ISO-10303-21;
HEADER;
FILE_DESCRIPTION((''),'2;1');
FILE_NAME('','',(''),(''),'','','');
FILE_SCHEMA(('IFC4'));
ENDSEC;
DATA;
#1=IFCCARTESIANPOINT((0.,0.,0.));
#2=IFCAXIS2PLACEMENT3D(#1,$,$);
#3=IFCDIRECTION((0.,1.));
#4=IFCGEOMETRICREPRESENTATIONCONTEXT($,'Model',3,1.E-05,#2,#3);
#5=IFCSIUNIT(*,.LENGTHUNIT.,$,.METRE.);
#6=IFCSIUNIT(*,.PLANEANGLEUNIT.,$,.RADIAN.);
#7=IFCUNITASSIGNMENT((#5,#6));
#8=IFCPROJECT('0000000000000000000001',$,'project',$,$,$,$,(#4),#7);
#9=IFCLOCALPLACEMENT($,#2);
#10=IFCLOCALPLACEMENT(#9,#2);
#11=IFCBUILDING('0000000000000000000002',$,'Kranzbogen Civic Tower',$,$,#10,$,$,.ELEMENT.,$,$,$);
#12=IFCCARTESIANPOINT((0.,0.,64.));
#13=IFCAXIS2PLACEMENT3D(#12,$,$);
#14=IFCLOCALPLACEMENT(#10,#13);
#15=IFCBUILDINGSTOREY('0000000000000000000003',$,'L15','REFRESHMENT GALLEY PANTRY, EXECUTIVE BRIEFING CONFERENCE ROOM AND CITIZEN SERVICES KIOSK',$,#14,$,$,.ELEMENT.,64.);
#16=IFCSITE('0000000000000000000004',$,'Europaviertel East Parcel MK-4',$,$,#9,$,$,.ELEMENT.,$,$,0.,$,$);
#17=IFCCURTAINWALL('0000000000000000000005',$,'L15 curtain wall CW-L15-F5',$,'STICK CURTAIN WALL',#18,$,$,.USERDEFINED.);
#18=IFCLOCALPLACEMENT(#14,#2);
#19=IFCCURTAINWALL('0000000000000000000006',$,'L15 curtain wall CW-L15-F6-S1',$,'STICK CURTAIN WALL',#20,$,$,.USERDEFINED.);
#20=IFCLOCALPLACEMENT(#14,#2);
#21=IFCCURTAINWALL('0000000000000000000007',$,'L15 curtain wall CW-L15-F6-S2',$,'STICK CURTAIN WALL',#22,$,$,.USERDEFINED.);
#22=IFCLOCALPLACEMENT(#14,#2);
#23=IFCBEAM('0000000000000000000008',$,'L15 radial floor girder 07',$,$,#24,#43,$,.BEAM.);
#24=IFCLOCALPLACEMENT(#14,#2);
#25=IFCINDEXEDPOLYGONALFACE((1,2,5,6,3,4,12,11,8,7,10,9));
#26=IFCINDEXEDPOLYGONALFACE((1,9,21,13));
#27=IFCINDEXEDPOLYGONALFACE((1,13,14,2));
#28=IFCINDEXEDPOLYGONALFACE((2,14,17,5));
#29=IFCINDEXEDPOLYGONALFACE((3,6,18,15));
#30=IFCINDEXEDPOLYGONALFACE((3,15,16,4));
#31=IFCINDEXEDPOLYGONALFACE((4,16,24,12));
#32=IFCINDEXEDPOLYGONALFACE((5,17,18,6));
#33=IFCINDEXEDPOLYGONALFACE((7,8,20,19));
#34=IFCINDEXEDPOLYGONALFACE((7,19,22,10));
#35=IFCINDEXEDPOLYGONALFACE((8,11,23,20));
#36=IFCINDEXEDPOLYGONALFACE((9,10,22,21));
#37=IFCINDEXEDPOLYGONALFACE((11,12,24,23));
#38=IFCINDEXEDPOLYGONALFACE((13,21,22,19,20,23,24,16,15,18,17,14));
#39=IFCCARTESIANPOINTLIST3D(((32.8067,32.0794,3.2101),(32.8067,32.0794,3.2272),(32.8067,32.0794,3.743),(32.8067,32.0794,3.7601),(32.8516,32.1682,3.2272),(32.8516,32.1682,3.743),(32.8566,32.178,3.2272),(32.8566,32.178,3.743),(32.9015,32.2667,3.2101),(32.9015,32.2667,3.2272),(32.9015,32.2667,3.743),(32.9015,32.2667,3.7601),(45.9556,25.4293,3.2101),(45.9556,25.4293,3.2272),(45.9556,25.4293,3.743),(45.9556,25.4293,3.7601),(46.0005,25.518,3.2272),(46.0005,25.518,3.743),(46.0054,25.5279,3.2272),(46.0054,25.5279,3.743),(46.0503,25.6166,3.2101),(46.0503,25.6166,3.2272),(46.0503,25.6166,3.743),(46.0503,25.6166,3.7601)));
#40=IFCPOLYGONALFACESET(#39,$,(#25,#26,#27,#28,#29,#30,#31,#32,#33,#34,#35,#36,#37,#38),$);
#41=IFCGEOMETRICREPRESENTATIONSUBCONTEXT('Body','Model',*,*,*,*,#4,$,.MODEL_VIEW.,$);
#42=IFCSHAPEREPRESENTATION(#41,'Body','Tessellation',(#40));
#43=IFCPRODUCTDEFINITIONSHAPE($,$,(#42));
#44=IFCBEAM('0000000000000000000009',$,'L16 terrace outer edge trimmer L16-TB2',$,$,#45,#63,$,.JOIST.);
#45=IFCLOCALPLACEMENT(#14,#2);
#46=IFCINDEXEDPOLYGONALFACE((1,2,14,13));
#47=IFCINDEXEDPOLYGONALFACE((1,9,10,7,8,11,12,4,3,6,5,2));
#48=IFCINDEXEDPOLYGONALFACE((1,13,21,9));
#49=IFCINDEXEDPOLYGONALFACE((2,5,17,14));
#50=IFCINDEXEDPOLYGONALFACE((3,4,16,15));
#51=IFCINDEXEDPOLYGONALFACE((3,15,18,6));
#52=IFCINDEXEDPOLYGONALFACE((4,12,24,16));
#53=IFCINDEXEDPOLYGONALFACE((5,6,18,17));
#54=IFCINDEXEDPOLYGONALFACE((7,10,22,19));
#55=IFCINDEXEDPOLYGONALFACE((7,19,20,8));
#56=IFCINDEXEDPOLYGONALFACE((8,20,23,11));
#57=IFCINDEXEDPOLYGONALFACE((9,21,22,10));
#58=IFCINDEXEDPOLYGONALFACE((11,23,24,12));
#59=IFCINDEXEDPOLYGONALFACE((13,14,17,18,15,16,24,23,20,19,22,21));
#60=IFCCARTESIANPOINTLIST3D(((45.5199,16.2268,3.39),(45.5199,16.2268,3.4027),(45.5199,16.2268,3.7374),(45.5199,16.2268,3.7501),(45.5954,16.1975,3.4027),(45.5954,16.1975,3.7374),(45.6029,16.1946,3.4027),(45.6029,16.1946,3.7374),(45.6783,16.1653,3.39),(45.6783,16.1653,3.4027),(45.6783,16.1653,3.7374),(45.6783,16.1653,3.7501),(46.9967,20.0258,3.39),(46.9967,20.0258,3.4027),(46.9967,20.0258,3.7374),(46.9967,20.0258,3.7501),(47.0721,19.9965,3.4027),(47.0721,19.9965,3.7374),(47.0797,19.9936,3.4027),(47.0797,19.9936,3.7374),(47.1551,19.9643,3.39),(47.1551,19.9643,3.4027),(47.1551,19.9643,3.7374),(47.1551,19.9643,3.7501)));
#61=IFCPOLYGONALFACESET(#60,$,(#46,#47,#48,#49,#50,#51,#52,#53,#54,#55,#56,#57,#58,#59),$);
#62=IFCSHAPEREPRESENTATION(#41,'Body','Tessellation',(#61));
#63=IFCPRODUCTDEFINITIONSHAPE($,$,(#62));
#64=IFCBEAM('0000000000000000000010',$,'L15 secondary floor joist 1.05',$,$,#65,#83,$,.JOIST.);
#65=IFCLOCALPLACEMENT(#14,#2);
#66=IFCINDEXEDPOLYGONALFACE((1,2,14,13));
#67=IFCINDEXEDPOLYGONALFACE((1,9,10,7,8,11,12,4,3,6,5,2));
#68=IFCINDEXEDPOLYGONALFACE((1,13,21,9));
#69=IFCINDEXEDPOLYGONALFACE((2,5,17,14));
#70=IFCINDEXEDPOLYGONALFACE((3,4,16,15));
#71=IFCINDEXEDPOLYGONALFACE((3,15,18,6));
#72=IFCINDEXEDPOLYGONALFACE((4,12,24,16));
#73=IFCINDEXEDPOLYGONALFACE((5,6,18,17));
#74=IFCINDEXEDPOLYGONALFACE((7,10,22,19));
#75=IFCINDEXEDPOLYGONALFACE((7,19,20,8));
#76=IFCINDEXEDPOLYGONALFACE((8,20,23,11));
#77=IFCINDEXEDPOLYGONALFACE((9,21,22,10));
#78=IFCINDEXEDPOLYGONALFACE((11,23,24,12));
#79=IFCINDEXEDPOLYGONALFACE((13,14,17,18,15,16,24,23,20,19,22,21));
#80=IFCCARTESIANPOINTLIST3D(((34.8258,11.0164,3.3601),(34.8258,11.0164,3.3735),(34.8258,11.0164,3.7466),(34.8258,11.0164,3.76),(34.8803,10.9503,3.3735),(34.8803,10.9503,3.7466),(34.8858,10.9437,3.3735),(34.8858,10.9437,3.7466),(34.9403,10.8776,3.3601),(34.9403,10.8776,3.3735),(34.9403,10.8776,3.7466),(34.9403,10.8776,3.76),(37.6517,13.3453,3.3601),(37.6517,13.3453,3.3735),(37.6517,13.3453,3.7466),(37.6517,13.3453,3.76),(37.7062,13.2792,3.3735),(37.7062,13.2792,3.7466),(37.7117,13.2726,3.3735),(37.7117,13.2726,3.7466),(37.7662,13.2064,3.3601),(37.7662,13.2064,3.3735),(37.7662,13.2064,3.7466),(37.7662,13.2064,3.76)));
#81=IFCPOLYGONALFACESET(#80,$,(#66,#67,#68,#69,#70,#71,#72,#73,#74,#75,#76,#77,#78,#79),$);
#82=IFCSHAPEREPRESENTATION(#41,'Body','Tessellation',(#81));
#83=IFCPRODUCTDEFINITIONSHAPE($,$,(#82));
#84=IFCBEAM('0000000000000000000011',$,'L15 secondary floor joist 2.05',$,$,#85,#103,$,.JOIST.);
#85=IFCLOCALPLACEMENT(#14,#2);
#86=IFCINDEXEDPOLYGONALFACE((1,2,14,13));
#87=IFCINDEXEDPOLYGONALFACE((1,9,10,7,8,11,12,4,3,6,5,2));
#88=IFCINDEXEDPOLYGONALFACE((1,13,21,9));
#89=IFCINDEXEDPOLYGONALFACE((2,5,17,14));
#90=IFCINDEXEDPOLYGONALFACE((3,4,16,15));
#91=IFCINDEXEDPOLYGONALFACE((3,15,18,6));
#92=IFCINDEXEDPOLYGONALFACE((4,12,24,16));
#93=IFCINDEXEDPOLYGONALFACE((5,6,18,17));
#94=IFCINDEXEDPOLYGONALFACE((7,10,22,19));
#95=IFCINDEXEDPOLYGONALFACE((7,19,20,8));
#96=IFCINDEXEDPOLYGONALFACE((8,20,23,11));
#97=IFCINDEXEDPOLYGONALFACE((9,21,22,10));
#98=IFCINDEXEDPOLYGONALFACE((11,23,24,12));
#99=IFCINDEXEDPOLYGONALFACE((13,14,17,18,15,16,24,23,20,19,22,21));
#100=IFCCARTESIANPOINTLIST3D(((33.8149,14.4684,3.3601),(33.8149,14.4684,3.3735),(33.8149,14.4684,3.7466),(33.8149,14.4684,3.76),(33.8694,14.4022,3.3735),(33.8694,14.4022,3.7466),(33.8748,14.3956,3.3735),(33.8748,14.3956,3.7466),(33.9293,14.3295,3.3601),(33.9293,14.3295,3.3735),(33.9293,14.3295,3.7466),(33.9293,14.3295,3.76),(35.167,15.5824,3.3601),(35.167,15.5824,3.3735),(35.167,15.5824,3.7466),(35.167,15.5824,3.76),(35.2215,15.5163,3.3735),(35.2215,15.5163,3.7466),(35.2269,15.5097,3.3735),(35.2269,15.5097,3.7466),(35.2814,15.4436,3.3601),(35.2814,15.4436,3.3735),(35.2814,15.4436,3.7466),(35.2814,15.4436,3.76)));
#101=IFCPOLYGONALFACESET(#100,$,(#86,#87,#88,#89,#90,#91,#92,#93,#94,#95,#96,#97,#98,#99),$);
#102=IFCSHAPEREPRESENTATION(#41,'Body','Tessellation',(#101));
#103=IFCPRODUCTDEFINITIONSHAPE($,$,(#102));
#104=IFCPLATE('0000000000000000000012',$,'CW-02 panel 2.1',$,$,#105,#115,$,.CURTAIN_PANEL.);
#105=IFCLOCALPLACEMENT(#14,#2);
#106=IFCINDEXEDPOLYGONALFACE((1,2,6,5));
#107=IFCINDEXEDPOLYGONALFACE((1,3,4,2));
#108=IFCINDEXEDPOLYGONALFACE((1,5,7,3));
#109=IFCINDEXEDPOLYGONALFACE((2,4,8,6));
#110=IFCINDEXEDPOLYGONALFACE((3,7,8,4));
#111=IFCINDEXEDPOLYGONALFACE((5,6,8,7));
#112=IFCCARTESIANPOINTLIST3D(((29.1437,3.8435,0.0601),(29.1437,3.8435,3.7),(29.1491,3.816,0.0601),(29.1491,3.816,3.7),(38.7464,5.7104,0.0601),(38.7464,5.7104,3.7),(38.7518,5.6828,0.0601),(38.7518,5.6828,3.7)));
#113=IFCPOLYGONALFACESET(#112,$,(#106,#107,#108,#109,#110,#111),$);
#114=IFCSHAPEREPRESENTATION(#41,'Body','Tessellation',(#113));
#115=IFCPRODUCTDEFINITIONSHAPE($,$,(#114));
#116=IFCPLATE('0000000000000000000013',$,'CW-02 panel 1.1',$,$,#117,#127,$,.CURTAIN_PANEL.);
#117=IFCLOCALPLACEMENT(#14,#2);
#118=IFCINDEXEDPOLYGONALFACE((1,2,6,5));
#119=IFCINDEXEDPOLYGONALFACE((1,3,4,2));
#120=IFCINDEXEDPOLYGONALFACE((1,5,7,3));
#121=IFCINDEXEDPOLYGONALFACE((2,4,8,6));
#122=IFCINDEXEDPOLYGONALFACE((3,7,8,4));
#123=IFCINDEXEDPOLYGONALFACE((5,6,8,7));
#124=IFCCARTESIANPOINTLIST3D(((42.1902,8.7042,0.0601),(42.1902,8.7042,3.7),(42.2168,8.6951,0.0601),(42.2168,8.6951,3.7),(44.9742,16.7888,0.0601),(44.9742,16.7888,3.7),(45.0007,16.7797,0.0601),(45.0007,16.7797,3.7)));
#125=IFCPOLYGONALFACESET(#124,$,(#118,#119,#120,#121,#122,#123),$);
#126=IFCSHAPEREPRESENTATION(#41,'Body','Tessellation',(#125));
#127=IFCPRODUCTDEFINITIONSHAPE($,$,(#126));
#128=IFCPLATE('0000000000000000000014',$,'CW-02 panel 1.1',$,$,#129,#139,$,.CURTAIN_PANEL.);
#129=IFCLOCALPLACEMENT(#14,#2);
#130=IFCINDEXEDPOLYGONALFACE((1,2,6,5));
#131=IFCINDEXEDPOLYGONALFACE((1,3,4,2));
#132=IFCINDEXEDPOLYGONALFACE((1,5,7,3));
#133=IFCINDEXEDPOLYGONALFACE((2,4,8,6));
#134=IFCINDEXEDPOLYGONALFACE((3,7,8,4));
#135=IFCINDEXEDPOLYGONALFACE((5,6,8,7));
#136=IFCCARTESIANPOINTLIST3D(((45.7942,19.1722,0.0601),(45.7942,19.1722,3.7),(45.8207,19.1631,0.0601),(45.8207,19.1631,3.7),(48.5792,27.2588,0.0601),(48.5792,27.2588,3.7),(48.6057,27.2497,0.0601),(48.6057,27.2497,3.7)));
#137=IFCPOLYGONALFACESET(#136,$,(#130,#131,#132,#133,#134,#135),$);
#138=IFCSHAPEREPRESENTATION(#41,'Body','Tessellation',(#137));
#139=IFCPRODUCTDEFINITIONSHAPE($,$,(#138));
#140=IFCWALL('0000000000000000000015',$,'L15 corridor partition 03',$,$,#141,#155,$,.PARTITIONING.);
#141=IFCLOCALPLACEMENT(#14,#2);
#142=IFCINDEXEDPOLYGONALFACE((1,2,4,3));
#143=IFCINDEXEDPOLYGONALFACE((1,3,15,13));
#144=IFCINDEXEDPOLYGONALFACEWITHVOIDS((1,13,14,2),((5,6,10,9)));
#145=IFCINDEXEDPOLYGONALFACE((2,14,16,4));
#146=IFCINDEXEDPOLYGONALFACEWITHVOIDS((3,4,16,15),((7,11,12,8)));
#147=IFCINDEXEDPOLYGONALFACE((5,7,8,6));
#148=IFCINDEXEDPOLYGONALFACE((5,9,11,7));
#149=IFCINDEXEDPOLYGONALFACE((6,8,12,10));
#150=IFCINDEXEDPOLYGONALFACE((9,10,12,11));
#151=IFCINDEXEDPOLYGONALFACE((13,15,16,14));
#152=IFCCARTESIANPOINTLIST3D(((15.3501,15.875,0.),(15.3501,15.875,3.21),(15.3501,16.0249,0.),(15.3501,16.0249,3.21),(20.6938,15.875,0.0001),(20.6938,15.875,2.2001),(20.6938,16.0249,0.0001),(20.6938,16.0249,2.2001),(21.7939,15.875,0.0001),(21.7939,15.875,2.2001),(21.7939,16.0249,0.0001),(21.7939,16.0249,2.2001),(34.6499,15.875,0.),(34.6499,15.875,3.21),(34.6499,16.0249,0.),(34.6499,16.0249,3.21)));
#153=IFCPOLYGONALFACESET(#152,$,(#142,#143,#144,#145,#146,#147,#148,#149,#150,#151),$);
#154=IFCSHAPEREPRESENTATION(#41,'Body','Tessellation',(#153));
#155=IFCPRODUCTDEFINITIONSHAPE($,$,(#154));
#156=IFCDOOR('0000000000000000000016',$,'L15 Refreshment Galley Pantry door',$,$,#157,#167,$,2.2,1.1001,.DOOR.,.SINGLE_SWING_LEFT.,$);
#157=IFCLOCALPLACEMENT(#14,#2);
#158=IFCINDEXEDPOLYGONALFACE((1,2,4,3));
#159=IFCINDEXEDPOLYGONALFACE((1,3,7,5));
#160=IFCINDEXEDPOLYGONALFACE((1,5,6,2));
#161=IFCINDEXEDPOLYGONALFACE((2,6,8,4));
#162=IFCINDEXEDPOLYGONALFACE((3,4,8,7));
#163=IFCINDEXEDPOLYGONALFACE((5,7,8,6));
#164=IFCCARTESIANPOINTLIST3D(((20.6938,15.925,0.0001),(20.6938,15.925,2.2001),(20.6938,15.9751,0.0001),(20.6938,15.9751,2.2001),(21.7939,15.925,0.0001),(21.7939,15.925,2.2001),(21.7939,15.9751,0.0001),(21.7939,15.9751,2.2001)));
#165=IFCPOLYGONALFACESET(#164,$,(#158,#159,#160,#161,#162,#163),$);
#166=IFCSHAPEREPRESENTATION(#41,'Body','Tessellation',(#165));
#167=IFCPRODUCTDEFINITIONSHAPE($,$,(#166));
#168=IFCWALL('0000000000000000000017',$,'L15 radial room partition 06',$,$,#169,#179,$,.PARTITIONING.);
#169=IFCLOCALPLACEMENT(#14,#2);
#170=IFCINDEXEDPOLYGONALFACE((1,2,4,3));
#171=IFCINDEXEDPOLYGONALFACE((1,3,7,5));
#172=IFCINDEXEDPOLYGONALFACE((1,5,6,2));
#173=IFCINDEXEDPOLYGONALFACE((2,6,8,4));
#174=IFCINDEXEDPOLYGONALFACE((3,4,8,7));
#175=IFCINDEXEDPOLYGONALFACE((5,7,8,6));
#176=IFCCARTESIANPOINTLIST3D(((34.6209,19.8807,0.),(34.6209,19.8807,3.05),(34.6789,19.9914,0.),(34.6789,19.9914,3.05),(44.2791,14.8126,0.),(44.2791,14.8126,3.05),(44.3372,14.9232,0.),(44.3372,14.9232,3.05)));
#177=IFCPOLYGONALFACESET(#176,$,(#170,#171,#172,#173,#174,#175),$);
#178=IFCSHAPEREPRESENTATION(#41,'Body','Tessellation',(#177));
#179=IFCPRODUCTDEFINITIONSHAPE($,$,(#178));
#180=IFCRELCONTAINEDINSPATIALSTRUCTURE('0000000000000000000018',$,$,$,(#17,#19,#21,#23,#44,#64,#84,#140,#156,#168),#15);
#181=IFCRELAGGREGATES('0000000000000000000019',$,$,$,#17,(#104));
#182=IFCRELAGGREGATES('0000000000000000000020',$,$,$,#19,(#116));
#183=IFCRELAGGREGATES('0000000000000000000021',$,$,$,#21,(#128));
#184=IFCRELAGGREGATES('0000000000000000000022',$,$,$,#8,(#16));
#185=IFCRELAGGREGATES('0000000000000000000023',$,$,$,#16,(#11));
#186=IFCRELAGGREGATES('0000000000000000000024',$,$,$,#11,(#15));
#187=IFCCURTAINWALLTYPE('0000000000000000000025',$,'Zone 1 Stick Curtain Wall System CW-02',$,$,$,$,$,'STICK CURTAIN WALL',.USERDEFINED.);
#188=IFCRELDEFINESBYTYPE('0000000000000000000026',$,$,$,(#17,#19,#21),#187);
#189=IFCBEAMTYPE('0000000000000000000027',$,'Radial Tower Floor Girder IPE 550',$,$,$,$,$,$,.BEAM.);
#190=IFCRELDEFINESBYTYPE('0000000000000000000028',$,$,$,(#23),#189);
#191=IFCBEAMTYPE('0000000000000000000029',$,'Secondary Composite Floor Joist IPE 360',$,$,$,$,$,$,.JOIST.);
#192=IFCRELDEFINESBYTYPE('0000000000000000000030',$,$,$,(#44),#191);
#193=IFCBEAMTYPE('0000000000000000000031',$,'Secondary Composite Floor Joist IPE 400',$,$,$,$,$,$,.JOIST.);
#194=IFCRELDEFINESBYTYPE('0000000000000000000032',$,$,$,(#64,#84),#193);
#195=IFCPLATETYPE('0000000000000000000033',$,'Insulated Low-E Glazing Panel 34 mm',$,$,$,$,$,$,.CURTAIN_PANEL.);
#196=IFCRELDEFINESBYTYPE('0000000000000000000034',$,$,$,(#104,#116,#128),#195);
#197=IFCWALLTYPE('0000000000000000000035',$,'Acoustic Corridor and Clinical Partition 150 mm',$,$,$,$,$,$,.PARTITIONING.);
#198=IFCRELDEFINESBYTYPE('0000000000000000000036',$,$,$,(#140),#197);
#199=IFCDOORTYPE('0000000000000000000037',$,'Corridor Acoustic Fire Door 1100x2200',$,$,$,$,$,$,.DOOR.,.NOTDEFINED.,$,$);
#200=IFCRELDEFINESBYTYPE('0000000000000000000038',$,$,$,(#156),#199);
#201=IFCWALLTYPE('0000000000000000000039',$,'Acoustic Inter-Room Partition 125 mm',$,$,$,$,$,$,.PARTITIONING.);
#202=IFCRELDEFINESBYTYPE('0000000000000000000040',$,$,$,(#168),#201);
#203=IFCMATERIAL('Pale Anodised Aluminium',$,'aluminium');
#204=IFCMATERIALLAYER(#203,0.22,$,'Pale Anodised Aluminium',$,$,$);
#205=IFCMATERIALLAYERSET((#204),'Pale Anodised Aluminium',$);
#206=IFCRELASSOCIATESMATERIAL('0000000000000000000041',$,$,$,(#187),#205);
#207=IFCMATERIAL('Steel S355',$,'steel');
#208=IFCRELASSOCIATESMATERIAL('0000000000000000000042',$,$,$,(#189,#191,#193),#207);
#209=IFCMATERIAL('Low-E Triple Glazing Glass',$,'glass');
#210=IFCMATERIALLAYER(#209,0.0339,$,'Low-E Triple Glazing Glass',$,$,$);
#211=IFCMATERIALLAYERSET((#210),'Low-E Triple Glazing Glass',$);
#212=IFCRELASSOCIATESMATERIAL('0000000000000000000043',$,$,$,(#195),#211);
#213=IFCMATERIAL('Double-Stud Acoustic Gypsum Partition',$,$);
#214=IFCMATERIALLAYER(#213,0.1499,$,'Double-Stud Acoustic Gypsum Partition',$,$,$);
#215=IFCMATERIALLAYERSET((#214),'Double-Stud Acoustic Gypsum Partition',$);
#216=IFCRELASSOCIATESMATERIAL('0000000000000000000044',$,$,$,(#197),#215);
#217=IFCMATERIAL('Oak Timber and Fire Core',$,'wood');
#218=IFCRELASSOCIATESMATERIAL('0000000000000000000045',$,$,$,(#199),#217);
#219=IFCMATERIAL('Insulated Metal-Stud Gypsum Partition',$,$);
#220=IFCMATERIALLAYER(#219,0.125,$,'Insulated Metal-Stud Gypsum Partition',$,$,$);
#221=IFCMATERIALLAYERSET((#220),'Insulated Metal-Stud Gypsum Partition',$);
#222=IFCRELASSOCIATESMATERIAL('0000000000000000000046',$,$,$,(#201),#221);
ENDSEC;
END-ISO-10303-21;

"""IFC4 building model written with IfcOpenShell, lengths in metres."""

from ifc_helpers import new_model, si_unit, direction, frame, frame_2d, origin, origin_2d, place, context, subcontext, project, spatial, rectangle, i_section, extrude, material, layer, layer_set, material_profile, profile_set, type_object, element, fill, aggregate, save


model = new_model("IFC4")

# Units and contexts
model_context = context("Model", 3, precision=1e-05, world=origin(), true_north=direction((0.0, 1.0)))
body_context = subcontext(model_context, "Body", "Model", "MODEL_VIEW")
ifc_project = project(units=[si_unit("LENGTHUNIT", "METRE"), si_unit("PLANEANGLEUNIT", "RADIAN")], contexts=[model_context])

# Site, building, storey
site_placement = place(None, origin())
site = spatial("IfcSite", under=ifc_project, at=site_placement, Name="Europaviertel East Parcel MK-4", CompositionType="ELEMENT", RefElevation=0.0)
building_placement = place(site_placement, origin())
building = spatial("IfcBuilding", under=site, at=building_placement, Name="Kranzbogen Civic Tower", CompositionType="ELEMENT")
storey_placement = place(building_placement, frame((0.0, 0.0, 64.0)))
storey = spatial("IfcBuildingStorey", under=building, at=storey_placement, Name="L15", Description="REFRESHMENT GALLEY PANTRY, EXECUTIVE BRIEFING CONFERENCE ROOM AND CITIZEN SERVICES KIOSK", CompositionType="ELEMENT", Elevation=64.0)

# Shared definitions
ifc_material_1 = material(Name="Steel S355", Category="steel")

# Curtain wall
ifc_material_2 = material(Name="Pale Anodised Aluminium", Category="aluminium")
ifc_layer_1 = layer(ifc_material_2, 0.22, Name="Pale Anodised Aluminium")
ifc_layer_set_1 = layer_set([ifc_layer_1], Name="Pale Anodised Aluminium")
curtain_wall_type = type_object("IfcCurtainWallType", Name="Zone 1 Stick Curtain Wall System CW-02", ElementType="STICK CURTAIN WALL", PredefinedType="USERDEFINED", material=ifc_layer_set_1)
curtain_wall_1_placement = place(storey_placement, origin())
curtain_wall_1 = element("IfcCurtainWall", 1, at=curtain_wall_1_placement, inside=storey, type_object=curtain_wall_type, Name="L15 curtain wall CW-L15-F5", ObjectType="STICK CURTAIN WALL", PredefinedType="USERDEFINED")

# Curtain wall
curtain_wall_2_placement = place(storey_placement, origin())
curtain_wall_2 = element("IfcCurtainWall", 2, at=curtain_wall_2_placement, inside=storey, type_object=curtain_wall_type, Name="L15 curtain wall CW-L15-F6-S1", ObjectType="STICK CURTAIN WALL", PredefinedType="USERDEFINED")

# Curtain wall
curtain_wall_3_placement = place(storey_placement, origin())
curtain_wall_3 = element("IfcCurtainWall", 3, at=curtain_wall_3_placement, inside=storey, type_object=curtain_wall_type, Name="L15 curtain wall CW-L15-F6-S2", ObjectType="STICK CURTAIN WALL", PredefinedType="USERDEFINED")

# Beams
ifc_material_profile_1 = material_profile(ifc_material_1, i_section(OverallWidth=0.21, OverallDepth=0.55, WebThickness=0.011, FlangeThickness=0.0171, at=origin_2d()), Name="IPE 550")
ifc_profile_set_1 = profile_set([ifc_material_profile_1], Name="Steel S355")
beam_type_1 = type_object("IfcBeamType", Name="Radial Tower Floor Girder IPE 550", PredefinedType="BEAM", material=ifc_profile_set_1)
beam_1_placement = place(storey_placement, frame((46.0029, 25.5229, 3.4851), z_axis=(-0.892363, 0.451318, 0.0), x_axis=(-0.451318, -0.892363, 0.0)))
element("IfcBeam", 4, at=beam_1_placement, inside=storey, type_object=beam_type_1, Name="L15 radial floor girder 07", PredefinedType="BEAM", context=body_context, shape_type="SweptSolid", body=[
    extrude(i_section(OverallWidth=0.21, OverallDepth=0.55, WebThickness=0.011, FlangeThickness=0.0171, at=origin_2d()), origin(), (0.0, 0.0, 1.0), 14.7349),
])
ifc_material_profile_2 = material_profile(ifc_material_1, i_section(OverallWidth=0.1699, OverallDepth=0.3601, WebThickness=0.0081, FlangeThickness=0.0127, at=origin_2d()), Name="IPE 360")
ifc_profile_set_2 = profile_set([ifc_material_profile_2], Name="Steel S355")
beam_type_2 = type_object("IfcBeamType", Name="Secondary Composite Floor Joist IPE 360", PredefinedType="JOIST", material=ifc_profile_set_2)
beam_2_placement = place(storey_placement, frame((45.5991, 16.196, 3.5701), z_axis=(0.362316, 0.932055, 0.0), x_axis=(-0.932055, 0.362316, 0.0)))
element("IfcBeam", 5, at=beam_2_placement, inside=storey, type_object=beam_type_2, Name="L16 terrace outer edge trimmer L16-TB2", PredefinedType="JOIST", context=body_context, shape_type="SweptSolid", body=[
    extrude(i_section(OverallWidth=0.1699, OverallDepth=0.3601, WebThickness=0.0081, FlangeThickness=0.0127, at=origin_2d()), origin(), (0.0, 0.0, 1.0), 4.0759),
])
ifc_material_profile_3 = material_profile(ifc_material_1, i_section(OverallWidth=0.1799, OverallDepth=0.3999, WebThickness=0.0085, FlangeThickness=0.0134, at=origin_2d()), Name="IPE 400")
ifc_profile_set_3 = profile_set([ifc_material_profile_3], Name="Steel S355")
beam_type_3 = type_object("IfcBeamType", Name="Secondary Composite Floor Joist IPE 400", PredefinedType="JOIST", material=ifc_profile_set_3)
beam_3_placement = place(storey_placement, frame((34.8831, 10.947, 3.5601), z_axis=(0.771713, 0.635971, 0.0), x_axis=(-0.635971, 0.771713, 0.0)))
element("IfcBeam", 6, at=beam_3_placement, inside=storey, type_object=beam_type_3, Name="L15 secondary floor joist 1.05", PredefinedType="JOIST", context=body_context, shape_type="SweptSolid", body=[
    extrude(i_section(OverallWidth=0.1799, OverallDepth=0.3999, WebThickness=0.0085, FlangeThickness=0.0134, at=origin_2d()), origin(), (0.0, 0.0, 1.0), 3.6619),
])
beam_4_placement = place(storey_placement, frame((33.8721, 14.3989, 3.5601), z_axis=(0.771773, 0.635898, 0.0), x_axis=(-0.635898, 0.771773, 0.0)))
element("IfcBeam", 7, at=beam_4_placement, inside=storey, type_object=beam_type_3, Name="L15 secondary floor joist 2.05", PredefinedType="JOIST", context=body_context, shape_type="SweptSolid", body=[
    extrude(i_section(OverallWidth=0.1799, OverallDepth=0.3999, WebThickness=0.0085, FlangeThickness=0.0134, at=origin_2d()), origin(), (0.0, 0.0, 1.0), 1.752),
])

# Plates
ifc_material_3 = material(Name="Low-E Triple Glazing Glass", Category="glass")
ifc_layer_2 = layer(ifc_material_3, 0.0339, Name="Low-E Triple Glazing Glass")
ifc_layer_set_2 = layer_set([ifc_layer_2], Name="Low-E Triple Glazing Glass")
plate_type = type_object("IfcPlateType", Name="Insulated Low-E Glazing Panel 34 mm", PredefinedType="CURTAIN_PANEL", material=ifc_layer_set_2)
plate_1_placement = place(storey_placement, frame((33.9478, 4.7632, 0.0601), z_axis=(0.0, 0.0, 1.0), x_axis=(0.981622, 0.190834, 0.0)))
plate_1 = element("IfcPlate", 8, at=plate_1_placement, type_object=plate_type, Name="CW-02 panel 2.1", PredefinedType="CURTAIN_PANEL", context=body_context, shape_type="SweptSolid", body=[
    extrude(rectangle(XDim=9.7825, YDim=0.0281, at=origin_2d()), origin(), (0.0, 0.0, 1.0), 3.6399),
])
aggregate(curtain_wall_1, [plate_1])
plate_2_placement = place(storey_placement, frame((43.5955, 12.7419, 0.0601), z_axis=(0.0, 0.0, 1.0), x_axis=(0.325589, 0.945511, 0.0)))
plate_2 = element("IfcPlate", 9, at=plate_2_placement, type_object=plate_type, Name="CW-02 panel 1.1", PredefinedType="CURTAIN_PANEL", context=body_context, shape_type="SweptSolid", body=[
    extrude(rectangle(XDim=8.5505, YDim=0.0281, at=origin_2d()), origin(), (0.0, 0.0, 1.0), 3.6399),
])
aggregate(curtain_wall_2, [plate_2])
plate_3_placement = place(storey_placement, frame((47.2, 23.2109, 0.0601), z_axis=(0.0, 0.0, 1.0), x_axis=(0.325621, 0.9455, 0.0)))
plate_3 = element("IfcPlate", 10, at=plate_3_placement, type_object=plate_type, Name="CW-02 panel 1.1", PredefinedType="CURTAIN_PANEL", context=body_context, shape_type="SweptSolid", body=[
    extrude(rectangle(XDim=8.5527, YDim=0.0281, at=origin_2d()), origin(), (0.0, 0.0, 1.0), 3.6399),
])
aggregate(curtain_wall_3, [plate_3])

# Wall, opening, door
ifc_material_4 = material(Name="Double-Stud Acoustic Gypsum Partition")
ifc_layer_3 = layer(ifc_material_4, 0.1499, Name="Double-Stud Acoustic Gypsum Partition")
ifc_layer_set_3 = layer_set([ifc_layer_3], Name="Double-Stud Acoustic Gypsum Partition")
wall_type_1 = type_object("IfcWallType", Name="Acoustic Corridor and Clinical Partition 150 mm", PredefinedType="PARTITIONING", material=ifc_layer_set_3)
wall_1_placement = place(storey_placement, frame((34.6499, 15.95, 0.0), z_axis=(0.0, 0.0, 1.0), x_axis=(-1.0, 0.0, 0.0)))
wall_1 = element("IfcWall", 11, at=wall_1_placement, inside=storey, type_object=wall_type_1, Name="L15 corridor partition 03", PredefinedType="PARTITIONING", context=body_context, shape_type="SweptSolid", body=[
    extrude(rectangle(XDim=19.2998, YDim=0.1499, at=frame_2d((9.6499, 0.0))), origin(), (0.0, 0.0, 1.0), 3.21),
])
opening_1_placement = place(wall_1_placement, frame((12.856, 0.0, 0.0)))
opening_1 = element("IfcOpeningElement", 12, at=opening_1_placement, cuts=wall_1, PredefinedType="OPENING", context=body_context, shape_type="SweptSolid", body=[
    extrude(rectangle(XDim=1.1001, YDim=2.2, at=frame_2d((0.55, 1.1001))), frame((0.0, 0.085, 0.0), z_axis=(0.0, -1.0, 0.0), x_axis=(1.0, 0.0, 0.0)), (0.0, 0.0, 1.0), 0.1699),
])
ifc_material_5 = material(Name="Oak Timber and Fire Core", Category="wood")
door_type_1 = type_object("IfcDoorType", Name="Corridor Acoustic Fire Door 1100x2200", OperationType="NOTDEFINED", PredefinedType="DOOR", material=ifc_material_5)
door_1_placement = place(opening_1_placement, origin())
door_1 = element("IfcDoor", 13, at=door_1_placement, inside=storey, type_object=door_type_1, Name="L15 Refreshment Galley Pantry door", OperationType="SINGLE_SWING_LEFT", OverallHeight=2.2, OverallWidth=1.1001, PredefinedType="DOOR", context=body_context, shape_type="SweptSolid", body=[
    extrude(rectangle(XDim=1.1001, YDim=2.2, at=frame_2d((0.55, 1.1001))), frame((0.0, 0.0249, 0.0), z_axis=(0.0, -1.0, 0.0), x_axis=(1.0, 0.0, 0.0)), (0.0, 0.0, 1.0), 0.05),
])
fill(opening_1, door_1)

# Wall
ifc_material_6 = material(Name="Insulated Metal-Stud Gypsum Partition")
ifc_layer_4 = layer(ifc_material_6, 0.125, Name="Insulated Metal-Stud Gypsum Partition")
ifc_layer_set_4 = layer_set([ifc_layer_4], Name="Insulated Metal-Stud Gypsum Partition")
wall_type_2 = type_object("IfcWallType", Name="Acoustic Inter-Room Partition 125 mm", PredefinedType="PARTITIONING", material=ifc_layer_set_4)
wall_2_placement = place(storey_placement, frame((34.6499, 19.936, 0.0), z_axis=(0.0, 0.0, 1.0), x_axis=(0.88549, -0.464658, 0.0)))
element("IfcWall", 14, at=wall_2_placement, inside=storey, type_object=wall_type_2, Name="L15 radial room partition 06", PredefinedType="PARTITIONING", context=body_context, shape_type="SweptSolid", body=[
    extrude(rectangle(XDim=10.9072, YDim=0.125, at=frame_2d((5.4536, 0.0))), origin(), (0.0, 0.0, 1.0), 3.05),
])

save(model, "model.ifc")
